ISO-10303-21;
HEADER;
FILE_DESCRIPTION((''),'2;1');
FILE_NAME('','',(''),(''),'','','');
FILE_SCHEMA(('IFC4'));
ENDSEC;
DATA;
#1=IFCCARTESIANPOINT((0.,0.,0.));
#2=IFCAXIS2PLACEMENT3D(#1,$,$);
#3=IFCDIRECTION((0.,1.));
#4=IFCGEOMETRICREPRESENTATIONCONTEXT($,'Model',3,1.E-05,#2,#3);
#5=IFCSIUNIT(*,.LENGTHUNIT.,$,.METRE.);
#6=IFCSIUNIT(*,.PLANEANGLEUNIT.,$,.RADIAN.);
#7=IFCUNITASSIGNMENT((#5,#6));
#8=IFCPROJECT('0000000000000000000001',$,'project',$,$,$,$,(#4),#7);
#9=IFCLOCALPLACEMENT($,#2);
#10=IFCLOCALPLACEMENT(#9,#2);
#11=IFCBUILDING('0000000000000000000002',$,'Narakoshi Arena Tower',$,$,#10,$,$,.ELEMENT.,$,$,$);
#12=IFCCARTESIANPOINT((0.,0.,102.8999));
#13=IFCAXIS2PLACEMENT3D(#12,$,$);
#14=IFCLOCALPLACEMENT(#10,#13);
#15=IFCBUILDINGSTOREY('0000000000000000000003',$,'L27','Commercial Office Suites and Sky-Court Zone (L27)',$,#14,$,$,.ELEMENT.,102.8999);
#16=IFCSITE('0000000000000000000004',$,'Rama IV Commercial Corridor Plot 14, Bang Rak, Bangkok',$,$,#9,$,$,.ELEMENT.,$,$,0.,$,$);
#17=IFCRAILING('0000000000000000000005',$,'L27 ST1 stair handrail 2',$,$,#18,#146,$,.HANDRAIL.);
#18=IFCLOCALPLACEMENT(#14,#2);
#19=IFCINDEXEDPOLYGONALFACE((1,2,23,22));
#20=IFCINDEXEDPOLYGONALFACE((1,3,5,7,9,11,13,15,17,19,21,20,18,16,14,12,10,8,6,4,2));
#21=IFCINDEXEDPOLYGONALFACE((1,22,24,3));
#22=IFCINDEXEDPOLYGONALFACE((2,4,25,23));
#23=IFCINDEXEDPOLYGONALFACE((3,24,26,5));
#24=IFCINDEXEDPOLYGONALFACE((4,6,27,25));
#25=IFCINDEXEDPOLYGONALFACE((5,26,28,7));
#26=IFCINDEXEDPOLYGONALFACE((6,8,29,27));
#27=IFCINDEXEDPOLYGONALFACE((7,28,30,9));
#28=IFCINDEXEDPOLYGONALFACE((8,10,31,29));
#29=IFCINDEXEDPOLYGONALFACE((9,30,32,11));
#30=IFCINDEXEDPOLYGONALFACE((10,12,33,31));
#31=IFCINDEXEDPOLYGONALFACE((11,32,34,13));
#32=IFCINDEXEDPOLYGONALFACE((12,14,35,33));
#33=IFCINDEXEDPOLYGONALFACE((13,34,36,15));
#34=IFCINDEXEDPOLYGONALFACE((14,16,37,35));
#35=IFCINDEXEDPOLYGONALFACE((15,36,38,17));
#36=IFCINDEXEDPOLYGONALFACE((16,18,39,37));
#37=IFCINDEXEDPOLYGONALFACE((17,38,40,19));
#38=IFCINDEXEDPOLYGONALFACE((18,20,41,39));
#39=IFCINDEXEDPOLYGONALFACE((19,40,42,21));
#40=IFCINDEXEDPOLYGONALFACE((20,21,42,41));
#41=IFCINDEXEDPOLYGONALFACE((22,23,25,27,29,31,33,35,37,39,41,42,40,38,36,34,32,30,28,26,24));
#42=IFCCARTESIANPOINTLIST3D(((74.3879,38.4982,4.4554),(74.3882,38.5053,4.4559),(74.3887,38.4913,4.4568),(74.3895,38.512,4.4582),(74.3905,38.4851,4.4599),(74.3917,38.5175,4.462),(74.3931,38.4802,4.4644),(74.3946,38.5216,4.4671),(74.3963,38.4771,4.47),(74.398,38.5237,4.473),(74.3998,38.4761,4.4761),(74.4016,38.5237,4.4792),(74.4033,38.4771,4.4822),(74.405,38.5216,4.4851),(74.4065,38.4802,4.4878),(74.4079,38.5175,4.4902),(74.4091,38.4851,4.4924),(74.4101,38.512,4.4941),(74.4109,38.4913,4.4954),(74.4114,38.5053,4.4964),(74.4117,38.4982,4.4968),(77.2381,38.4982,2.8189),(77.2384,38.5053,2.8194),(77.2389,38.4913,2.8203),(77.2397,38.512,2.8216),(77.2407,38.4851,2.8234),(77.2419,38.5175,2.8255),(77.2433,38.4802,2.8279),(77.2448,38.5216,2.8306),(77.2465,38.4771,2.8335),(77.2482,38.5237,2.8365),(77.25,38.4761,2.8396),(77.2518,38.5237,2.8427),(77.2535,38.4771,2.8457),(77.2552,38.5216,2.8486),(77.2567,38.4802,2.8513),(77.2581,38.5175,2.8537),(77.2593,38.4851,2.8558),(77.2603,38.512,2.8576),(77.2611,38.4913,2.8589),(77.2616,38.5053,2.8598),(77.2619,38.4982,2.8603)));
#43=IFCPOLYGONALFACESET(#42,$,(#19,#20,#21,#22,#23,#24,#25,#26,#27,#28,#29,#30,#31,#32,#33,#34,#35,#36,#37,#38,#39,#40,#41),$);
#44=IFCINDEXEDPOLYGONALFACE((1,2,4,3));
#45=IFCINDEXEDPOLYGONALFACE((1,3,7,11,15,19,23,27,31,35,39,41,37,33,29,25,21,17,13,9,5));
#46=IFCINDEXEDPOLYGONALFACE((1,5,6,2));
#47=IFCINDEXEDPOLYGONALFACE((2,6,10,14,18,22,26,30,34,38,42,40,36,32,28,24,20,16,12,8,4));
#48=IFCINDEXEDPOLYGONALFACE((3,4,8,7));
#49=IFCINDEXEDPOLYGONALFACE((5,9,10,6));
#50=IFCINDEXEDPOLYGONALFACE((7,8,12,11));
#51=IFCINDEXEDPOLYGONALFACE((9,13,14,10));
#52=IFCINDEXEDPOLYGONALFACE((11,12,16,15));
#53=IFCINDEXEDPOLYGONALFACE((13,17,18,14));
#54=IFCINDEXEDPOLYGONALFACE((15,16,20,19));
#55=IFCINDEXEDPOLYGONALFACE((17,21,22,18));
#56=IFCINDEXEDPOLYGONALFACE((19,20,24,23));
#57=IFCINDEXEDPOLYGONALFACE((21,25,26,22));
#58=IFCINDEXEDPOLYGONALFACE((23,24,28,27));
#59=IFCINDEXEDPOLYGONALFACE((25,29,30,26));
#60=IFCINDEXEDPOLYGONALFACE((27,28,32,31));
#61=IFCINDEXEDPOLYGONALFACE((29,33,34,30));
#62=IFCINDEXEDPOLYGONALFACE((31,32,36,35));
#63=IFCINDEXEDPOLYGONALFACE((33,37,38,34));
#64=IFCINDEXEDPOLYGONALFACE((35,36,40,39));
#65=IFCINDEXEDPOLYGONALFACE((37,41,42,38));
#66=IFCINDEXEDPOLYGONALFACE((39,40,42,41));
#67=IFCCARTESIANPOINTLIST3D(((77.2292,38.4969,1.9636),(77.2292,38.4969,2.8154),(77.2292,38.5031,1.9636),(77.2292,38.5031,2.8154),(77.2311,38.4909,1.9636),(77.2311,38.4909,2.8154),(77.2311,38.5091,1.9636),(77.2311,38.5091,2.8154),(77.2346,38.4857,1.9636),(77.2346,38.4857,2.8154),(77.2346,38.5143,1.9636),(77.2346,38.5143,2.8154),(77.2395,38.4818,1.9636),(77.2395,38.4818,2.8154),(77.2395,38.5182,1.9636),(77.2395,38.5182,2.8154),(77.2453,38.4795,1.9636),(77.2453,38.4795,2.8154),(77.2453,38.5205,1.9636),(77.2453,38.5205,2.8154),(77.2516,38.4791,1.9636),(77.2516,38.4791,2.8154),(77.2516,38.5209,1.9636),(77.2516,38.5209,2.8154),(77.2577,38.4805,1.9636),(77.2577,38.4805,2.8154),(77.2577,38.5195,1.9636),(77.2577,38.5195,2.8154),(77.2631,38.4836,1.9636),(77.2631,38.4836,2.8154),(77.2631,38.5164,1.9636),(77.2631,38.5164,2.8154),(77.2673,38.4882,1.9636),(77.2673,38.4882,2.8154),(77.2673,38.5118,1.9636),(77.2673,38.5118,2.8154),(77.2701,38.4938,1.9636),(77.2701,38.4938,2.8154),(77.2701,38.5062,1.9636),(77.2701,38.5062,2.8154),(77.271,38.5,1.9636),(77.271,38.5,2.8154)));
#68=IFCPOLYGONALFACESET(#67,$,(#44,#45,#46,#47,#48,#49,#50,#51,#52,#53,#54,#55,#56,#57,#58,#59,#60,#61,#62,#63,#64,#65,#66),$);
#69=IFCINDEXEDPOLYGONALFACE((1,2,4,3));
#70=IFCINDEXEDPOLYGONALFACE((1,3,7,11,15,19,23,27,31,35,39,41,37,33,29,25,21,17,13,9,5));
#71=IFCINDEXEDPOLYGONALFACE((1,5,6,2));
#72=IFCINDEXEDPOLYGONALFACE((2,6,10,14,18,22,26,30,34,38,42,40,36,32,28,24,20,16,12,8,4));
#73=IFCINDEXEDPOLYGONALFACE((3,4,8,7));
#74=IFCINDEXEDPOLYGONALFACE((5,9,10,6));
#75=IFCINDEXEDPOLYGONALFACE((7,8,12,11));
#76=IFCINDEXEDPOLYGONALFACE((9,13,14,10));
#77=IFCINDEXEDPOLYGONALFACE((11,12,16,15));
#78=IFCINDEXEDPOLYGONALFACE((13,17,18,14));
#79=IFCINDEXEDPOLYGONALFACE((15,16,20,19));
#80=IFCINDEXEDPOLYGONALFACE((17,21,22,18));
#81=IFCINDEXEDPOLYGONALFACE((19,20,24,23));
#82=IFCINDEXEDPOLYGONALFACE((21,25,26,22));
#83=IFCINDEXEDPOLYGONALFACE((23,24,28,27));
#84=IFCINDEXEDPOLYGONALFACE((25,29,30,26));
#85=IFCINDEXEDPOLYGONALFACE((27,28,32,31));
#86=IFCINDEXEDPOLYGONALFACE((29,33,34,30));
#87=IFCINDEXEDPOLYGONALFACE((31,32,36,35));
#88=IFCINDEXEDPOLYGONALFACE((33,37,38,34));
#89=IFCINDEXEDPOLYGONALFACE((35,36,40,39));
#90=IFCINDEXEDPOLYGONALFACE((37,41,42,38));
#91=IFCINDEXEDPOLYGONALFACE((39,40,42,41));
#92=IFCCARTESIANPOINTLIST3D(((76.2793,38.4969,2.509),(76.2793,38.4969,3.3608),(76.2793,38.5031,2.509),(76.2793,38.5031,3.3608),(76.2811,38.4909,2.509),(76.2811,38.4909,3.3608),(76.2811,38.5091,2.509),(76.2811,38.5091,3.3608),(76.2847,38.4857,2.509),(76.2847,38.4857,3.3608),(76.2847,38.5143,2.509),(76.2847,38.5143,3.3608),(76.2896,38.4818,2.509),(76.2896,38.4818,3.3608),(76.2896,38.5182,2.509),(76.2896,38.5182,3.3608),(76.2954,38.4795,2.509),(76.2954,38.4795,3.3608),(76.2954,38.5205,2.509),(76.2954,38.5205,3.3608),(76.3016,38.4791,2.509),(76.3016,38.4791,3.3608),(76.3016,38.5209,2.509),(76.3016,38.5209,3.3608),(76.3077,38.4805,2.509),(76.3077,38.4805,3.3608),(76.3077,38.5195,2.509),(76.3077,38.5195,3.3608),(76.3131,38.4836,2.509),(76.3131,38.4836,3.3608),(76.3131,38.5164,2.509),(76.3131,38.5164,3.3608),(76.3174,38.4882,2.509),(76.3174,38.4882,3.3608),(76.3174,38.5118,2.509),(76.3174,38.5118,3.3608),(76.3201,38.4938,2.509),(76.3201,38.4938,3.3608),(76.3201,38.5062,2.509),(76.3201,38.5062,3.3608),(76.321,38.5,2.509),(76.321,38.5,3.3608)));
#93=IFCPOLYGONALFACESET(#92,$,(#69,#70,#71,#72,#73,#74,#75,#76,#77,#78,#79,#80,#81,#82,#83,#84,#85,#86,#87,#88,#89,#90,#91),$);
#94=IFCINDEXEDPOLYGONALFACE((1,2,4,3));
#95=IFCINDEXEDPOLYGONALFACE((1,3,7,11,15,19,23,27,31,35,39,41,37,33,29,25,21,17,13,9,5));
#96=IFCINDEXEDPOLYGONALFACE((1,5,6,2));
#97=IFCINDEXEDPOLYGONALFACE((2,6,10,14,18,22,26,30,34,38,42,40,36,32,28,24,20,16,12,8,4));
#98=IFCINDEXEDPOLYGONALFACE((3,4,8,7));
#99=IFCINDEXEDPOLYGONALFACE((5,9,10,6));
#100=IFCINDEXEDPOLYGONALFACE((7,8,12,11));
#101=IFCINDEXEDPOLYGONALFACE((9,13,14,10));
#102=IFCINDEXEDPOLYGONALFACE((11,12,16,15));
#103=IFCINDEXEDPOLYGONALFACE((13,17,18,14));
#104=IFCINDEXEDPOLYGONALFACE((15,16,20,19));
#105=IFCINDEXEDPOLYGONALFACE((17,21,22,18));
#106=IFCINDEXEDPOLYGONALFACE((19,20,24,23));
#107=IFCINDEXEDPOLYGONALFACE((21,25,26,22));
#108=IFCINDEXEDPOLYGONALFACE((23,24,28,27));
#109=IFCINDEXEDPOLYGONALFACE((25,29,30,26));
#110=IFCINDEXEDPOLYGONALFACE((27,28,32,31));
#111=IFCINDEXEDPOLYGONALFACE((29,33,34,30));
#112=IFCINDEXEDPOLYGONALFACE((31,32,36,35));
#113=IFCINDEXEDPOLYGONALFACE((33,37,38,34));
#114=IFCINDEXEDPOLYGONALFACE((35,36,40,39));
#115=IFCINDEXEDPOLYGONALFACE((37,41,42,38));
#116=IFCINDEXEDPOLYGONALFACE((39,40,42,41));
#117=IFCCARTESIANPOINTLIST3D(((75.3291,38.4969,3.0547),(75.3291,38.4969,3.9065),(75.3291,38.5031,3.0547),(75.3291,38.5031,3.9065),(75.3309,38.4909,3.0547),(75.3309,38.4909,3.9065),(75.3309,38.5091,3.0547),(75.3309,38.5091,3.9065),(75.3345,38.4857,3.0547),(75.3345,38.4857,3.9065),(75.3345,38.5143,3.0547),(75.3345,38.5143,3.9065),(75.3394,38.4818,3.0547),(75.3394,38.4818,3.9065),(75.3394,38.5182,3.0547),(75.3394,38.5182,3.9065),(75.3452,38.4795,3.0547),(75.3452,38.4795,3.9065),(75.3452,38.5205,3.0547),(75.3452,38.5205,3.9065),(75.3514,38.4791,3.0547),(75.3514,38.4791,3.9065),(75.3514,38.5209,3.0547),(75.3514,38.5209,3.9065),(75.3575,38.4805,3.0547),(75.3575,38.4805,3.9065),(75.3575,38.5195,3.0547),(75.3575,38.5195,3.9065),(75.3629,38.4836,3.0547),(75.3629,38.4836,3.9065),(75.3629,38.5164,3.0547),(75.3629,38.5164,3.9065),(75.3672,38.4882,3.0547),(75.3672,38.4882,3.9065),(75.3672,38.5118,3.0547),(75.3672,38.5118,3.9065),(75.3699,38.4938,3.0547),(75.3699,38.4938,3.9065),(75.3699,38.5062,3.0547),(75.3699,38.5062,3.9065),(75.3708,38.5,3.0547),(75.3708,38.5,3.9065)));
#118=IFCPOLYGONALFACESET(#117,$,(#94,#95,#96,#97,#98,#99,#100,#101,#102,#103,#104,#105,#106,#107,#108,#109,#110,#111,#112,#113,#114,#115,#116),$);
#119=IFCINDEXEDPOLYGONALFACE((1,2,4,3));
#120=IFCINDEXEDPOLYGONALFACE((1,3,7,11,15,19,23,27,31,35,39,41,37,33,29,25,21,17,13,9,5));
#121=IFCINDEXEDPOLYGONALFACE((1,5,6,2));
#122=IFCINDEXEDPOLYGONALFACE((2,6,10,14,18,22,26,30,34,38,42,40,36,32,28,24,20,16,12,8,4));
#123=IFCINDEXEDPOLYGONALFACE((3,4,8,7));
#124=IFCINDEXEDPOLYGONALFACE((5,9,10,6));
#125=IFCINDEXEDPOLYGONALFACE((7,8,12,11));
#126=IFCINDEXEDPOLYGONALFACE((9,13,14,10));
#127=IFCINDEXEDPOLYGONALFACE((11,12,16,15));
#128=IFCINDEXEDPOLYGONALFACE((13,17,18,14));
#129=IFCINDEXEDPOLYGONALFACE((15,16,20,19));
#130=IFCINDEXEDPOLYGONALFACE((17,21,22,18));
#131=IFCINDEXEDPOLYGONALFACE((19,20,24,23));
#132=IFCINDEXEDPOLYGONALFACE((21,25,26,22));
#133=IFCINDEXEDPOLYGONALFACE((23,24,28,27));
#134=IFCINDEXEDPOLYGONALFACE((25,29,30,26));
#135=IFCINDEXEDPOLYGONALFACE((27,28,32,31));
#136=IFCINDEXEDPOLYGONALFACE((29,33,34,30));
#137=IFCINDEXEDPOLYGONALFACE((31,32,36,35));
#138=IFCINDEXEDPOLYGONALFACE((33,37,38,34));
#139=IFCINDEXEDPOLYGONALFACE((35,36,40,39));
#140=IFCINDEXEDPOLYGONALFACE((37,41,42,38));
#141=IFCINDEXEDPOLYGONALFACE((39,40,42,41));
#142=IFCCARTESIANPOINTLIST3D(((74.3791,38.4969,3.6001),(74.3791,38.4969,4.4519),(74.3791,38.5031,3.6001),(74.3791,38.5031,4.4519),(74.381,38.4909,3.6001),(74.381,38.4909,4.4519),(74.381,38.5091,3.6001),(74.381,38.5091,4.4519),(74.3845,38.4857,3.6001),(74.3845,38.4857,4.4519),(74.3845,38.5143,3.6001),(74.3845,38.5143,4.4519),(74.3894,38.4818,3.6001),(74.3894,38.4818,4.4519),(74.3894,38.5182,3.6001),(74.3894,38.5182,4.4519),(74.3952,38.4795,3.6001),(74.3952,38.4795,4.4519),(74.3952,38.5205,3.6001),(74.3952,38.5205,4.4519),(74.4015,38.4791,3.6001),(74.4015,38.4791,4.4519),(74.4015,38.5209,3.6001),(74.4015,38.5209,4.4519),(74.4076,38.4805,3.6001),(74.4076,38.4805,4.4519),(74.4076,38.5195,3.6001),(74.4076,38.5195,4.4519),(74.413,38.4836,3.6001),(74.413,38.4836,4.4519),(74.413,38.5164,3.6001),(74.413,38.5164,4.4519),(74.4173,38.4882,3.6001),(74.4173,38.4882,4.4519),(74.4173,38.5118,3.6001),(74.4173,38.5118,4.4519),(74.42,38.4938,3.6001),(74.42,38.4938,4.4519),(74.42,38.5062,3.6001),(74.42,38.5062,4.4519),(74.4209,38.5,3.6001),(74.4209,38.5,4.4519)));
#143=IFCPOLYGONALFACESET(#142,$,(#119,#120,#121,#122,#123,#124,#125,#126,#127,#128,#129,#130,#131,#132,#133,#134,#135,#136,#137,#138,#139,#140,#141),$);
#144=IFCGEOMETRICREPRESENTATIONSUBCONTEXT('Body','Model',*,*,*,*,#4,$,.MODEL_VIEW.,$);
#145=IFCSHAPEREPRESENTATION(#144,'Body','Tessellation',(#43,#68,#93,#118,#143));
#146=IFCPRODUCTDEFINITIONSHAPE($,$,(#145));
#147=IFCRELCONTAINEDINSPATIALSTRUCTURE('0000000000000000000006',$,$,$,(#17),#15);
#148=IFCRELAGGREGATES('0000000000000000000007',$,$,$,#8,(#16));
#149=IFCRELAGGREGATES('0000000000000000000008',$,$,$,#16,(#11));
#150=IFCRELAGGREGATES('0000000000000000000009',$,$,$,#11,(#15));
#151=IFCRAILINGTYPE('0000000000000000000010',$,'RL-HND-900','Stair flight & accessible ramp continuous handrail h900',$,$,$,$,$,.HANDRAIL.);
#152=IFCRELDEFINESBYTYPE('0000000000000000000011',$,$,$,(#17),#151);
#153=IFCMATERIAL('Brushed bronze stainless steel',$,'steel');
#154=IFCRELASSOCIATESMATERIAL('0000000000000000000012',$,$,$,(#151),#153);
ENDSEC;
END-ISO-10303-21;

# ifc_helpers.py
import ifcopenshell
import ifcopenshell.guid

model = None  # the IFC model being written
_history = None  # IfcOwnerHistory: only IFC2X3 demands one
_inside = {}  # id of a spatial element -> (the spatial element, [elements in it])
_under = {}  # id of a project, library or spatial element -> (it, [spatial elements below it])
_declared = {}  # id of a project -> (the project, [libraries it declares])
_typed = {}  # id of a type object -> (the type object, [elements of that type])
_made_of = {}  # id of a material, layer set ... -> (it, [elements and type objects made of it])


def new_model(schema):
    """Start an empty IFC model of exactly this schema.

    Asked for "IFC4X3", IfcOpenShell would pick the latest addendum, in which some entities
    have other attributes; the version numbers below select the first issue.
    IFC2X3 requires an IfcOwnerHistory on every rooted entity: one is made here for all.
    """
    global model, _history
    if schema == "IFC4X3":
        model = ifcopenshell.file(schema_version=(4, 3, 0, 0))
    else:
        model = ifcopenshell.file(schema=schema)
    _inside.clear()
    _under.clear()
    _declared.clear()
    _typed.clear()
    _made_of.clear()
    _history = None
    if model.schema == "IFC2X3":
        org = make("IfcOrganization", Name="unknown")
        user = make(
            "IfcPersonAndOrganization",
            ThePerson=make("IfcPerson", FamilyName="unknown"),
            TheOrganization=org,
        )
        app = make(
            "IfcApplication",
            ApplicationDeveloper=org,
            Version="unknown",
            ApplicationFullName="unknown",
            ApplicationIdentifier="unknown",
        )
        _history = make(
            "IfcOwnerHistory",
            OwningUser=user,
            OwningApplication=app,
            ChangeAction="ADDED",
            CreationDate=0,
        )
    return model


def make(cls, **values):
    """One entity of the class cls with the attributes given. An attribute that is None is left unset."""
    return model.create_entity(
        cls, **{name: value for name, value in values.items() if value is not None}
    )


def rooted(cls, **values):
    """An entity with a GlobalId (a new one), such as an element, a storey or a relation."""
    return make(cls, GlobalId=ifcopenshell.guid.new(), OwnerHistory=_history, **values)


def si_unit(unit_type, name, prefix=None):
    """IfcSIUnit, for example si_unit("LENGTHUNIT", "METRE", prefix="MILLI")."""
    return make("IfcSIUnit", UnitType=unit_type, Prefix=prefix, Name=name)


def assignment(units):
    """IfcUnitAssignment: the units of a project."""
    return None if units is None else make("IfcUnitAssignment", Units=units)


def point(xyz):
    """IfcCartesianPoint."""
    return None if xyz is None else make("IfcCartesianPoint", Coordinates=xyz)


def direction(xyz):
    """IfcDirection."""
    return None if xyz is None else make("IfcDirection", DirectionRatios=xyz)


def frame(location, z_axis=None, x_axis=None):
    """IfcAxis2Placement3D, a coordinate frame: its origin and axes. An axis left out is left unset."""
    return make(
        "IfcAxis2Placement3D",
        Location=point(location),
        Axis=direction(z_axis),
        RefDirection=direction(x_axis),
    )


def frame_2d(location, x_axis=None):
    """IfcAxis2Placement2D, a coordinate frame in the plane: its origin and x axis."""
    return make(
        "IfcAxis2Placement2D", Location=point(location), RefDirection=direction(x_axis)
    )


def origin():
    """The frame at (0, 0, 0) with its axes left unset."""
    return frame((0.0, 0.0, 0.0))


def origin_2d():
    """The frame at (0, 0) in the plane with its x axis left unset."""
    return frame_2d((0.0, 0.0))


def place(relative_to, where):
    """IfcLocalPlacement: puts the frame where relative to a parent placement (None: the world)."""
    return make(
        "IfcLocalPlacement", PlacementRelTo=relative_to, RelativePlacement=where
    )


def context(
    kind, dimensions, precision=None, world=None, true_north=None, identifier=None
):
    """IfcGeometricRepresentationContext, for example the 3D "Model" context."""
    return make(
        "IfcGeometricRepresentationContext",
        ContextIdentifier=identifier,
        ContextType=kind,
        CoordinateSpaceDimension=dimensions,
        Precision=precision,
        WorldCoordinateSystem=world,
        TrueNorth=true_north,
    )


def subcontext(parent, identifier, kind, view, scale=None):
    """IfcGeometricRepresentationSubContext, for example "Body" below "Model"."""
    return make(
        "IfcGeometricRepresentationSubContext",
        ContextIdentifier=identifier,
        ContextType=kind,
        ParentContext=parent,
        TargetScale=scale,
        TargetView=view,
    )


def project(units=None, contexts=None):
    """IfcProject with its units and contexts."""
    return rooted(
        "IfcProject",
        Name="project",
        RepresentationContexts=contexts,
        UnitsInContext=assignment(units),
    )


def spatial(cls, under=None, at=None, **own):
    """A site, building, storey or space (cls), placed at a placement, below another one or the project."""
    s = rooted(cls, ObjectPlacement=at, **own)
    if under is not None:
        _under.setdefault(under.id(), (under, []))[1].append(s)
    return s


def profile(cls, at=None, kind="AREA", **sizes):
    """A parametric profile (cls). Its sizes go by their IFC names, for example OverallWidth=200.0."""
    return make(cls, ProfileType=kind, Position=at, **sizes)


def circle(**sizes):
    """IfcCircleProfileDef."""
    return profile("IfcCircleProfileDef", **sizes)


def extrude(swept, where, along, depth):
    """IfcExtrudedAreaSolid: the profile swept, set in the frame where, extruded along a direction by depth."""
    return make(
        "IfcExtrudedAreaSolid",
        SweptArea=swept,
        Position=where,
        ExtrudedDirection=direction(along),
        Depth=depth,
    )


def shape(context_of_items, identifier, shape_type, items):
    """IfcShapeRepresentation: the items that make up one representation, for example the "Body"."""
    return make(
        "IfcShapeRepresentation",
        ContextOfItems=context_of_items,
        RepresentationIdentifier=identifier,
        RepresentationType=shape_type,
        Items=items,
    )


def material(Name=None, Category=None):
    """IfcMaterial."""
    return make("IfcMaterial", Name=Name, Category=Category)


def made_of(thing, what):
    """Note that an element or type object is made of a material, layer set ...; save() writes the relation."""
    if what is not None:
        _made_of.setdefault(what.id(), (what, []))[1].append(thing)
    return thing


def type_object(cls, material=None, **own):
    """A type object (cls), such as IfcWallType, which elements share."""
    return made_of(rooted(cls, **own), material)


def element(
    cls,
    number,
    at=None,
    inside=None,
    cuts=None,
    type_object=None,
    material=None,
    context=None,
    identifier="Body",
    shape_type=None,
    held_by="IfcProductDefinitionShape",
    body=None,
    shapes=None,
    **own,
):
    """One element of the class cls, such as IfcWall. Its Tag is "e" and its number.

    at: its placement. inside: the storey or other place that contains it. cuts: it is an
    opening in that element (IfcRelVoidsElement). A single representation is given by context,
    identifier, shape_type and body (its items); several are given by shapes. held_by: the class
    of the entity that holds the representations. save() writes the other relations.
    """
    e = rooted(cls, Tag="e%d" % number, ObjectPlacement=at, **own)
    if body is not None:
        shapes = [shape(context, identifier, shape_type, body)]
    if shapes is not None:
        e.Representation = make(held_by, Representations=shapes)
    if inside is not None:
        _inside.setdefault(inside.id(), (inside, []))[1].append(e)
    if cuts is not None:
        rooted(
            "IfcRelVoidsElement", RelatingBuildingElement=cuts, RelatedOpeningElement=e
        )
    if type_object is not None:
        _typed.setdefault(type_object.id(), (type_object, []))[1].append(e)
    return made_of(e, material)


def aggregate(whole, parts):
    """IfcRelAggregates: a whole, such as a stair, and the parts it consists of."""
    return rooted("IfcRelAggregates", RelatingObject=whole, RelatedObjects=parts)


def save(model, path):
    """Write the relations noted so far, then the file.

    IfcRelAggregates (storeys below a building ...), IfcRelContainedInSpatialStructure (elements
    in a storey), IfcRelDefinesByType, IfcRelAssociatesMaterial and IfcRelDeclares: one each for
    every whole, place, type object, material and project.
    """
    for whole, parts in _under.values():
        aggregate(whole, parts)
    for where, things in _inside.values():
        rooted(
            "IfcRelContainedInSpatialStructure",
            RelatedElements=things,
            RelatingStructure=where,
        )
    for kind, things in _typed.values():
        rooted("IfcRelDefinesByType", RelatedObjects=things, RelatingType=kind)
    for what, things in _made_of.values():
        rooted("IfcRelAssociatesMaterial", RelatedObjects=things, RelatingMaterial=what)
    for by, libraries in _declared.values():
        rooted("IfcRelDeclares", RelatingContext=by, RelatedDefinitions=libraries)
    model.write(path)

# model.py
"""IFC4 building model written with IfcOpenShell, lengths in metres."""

from ifc_helpers import new_model, si_unit, direction, frame, origin, origin_2d, place, context, subcontext, project, spatial, circle, extrude, material, type_object, element, save


model = new_model("IFC4")

# Units and contexts
model_context = context("Model", 3, precision=1e-05, world=origin(), true_north=direction((0.0, 1.0)))
body_context = subcontext(model_context, "Body", "Model", "MODEL_VIEW")
ifc_project = project(units=[si_unit("LENGTHUNIT", "METRE"), si_unit("PLANEANGLEUNIT", "RADIAN")], contexts=[model_context])

# Site, building, storey
site_placement = place(None, origin())
site = spatial("IfcSite", under=ifc_project, at=site_placement, Name="Rama IV Commercial Corridor Plot 14, Bang Rak, Bangkok", CompositionType="ELEMENT", RefElevation=0.0)
building_placement = place(site_placement, origin())
building = spatial("IfcBuilding", under=site, at=building_placement, Name="Narakoshi Arena Tower", CompositionType="ELEMENT")
storey_placement = place(building_placement, frame((0.0, 0.0, 102.8999)))
storey = spatial("IfcBuildingStorey", under=building, at=storey_placement, Name="L27", Description="Commercial Office Suites and Sky-Court Zone (L27)", CompositionType="ELEMENT", Elevation=102.8999)

# Shared definitions
ifc_material_1 = material(Name="Brushed bronze stainless steel", Category="steel")

# Railing
railing_type_1 = type_object("IfcRailingType", Name="RL-HND-900", Description="Stair flight & accessible ramp continuous handrail h900", PredefinedType="HANDRAIL", material=ifc_material_1)
railing_1_placement = place(storey_placement, frame((77.25, 38.5, 1.9636)))
element("IfcRailing", 1, at=railing_1_placement, inside=storey, type_object=railing_type_1, Name="L27 ST1 stair handrail 2", PredefinedType="HANDRAIL", context=body_context, shape_type="SweptSolid", body=[
    extrude(circle(Radius=0.0239, at=origin_2d()), frame((0.0, 0.0, 0.876), z_axis=(-0.867213, 0.0, 0.497938), x_axis=(0.0, -1.0, 0.0)), (0.0, 0.0, 1.0), 3.2866),
    extrude(circle(Radius=0.021, at=origin_2d()), origin(), (0.0, 0.0, 1.0), 0.8518),
    extrude(circle(Radius=0.021, at=origin_2d()), frame((-0.95, 0.0, 0.5454)), (0.0, 0.0, 1.0), 0.8518),
    extrude(circle(Radius=0.021, at=origin_2d()), frame((-1.9001, 0.0, 1.0911)), (0.0, 0.0, 1.0), 0.8518),
    extrude(circle(Radius=0.021, at=origin_2d()), frame((-2.8501, 0.0, 1.6365)), (0.0, 0.0, 1.0), 0.8518),
])

save(model, "model.ifc")
